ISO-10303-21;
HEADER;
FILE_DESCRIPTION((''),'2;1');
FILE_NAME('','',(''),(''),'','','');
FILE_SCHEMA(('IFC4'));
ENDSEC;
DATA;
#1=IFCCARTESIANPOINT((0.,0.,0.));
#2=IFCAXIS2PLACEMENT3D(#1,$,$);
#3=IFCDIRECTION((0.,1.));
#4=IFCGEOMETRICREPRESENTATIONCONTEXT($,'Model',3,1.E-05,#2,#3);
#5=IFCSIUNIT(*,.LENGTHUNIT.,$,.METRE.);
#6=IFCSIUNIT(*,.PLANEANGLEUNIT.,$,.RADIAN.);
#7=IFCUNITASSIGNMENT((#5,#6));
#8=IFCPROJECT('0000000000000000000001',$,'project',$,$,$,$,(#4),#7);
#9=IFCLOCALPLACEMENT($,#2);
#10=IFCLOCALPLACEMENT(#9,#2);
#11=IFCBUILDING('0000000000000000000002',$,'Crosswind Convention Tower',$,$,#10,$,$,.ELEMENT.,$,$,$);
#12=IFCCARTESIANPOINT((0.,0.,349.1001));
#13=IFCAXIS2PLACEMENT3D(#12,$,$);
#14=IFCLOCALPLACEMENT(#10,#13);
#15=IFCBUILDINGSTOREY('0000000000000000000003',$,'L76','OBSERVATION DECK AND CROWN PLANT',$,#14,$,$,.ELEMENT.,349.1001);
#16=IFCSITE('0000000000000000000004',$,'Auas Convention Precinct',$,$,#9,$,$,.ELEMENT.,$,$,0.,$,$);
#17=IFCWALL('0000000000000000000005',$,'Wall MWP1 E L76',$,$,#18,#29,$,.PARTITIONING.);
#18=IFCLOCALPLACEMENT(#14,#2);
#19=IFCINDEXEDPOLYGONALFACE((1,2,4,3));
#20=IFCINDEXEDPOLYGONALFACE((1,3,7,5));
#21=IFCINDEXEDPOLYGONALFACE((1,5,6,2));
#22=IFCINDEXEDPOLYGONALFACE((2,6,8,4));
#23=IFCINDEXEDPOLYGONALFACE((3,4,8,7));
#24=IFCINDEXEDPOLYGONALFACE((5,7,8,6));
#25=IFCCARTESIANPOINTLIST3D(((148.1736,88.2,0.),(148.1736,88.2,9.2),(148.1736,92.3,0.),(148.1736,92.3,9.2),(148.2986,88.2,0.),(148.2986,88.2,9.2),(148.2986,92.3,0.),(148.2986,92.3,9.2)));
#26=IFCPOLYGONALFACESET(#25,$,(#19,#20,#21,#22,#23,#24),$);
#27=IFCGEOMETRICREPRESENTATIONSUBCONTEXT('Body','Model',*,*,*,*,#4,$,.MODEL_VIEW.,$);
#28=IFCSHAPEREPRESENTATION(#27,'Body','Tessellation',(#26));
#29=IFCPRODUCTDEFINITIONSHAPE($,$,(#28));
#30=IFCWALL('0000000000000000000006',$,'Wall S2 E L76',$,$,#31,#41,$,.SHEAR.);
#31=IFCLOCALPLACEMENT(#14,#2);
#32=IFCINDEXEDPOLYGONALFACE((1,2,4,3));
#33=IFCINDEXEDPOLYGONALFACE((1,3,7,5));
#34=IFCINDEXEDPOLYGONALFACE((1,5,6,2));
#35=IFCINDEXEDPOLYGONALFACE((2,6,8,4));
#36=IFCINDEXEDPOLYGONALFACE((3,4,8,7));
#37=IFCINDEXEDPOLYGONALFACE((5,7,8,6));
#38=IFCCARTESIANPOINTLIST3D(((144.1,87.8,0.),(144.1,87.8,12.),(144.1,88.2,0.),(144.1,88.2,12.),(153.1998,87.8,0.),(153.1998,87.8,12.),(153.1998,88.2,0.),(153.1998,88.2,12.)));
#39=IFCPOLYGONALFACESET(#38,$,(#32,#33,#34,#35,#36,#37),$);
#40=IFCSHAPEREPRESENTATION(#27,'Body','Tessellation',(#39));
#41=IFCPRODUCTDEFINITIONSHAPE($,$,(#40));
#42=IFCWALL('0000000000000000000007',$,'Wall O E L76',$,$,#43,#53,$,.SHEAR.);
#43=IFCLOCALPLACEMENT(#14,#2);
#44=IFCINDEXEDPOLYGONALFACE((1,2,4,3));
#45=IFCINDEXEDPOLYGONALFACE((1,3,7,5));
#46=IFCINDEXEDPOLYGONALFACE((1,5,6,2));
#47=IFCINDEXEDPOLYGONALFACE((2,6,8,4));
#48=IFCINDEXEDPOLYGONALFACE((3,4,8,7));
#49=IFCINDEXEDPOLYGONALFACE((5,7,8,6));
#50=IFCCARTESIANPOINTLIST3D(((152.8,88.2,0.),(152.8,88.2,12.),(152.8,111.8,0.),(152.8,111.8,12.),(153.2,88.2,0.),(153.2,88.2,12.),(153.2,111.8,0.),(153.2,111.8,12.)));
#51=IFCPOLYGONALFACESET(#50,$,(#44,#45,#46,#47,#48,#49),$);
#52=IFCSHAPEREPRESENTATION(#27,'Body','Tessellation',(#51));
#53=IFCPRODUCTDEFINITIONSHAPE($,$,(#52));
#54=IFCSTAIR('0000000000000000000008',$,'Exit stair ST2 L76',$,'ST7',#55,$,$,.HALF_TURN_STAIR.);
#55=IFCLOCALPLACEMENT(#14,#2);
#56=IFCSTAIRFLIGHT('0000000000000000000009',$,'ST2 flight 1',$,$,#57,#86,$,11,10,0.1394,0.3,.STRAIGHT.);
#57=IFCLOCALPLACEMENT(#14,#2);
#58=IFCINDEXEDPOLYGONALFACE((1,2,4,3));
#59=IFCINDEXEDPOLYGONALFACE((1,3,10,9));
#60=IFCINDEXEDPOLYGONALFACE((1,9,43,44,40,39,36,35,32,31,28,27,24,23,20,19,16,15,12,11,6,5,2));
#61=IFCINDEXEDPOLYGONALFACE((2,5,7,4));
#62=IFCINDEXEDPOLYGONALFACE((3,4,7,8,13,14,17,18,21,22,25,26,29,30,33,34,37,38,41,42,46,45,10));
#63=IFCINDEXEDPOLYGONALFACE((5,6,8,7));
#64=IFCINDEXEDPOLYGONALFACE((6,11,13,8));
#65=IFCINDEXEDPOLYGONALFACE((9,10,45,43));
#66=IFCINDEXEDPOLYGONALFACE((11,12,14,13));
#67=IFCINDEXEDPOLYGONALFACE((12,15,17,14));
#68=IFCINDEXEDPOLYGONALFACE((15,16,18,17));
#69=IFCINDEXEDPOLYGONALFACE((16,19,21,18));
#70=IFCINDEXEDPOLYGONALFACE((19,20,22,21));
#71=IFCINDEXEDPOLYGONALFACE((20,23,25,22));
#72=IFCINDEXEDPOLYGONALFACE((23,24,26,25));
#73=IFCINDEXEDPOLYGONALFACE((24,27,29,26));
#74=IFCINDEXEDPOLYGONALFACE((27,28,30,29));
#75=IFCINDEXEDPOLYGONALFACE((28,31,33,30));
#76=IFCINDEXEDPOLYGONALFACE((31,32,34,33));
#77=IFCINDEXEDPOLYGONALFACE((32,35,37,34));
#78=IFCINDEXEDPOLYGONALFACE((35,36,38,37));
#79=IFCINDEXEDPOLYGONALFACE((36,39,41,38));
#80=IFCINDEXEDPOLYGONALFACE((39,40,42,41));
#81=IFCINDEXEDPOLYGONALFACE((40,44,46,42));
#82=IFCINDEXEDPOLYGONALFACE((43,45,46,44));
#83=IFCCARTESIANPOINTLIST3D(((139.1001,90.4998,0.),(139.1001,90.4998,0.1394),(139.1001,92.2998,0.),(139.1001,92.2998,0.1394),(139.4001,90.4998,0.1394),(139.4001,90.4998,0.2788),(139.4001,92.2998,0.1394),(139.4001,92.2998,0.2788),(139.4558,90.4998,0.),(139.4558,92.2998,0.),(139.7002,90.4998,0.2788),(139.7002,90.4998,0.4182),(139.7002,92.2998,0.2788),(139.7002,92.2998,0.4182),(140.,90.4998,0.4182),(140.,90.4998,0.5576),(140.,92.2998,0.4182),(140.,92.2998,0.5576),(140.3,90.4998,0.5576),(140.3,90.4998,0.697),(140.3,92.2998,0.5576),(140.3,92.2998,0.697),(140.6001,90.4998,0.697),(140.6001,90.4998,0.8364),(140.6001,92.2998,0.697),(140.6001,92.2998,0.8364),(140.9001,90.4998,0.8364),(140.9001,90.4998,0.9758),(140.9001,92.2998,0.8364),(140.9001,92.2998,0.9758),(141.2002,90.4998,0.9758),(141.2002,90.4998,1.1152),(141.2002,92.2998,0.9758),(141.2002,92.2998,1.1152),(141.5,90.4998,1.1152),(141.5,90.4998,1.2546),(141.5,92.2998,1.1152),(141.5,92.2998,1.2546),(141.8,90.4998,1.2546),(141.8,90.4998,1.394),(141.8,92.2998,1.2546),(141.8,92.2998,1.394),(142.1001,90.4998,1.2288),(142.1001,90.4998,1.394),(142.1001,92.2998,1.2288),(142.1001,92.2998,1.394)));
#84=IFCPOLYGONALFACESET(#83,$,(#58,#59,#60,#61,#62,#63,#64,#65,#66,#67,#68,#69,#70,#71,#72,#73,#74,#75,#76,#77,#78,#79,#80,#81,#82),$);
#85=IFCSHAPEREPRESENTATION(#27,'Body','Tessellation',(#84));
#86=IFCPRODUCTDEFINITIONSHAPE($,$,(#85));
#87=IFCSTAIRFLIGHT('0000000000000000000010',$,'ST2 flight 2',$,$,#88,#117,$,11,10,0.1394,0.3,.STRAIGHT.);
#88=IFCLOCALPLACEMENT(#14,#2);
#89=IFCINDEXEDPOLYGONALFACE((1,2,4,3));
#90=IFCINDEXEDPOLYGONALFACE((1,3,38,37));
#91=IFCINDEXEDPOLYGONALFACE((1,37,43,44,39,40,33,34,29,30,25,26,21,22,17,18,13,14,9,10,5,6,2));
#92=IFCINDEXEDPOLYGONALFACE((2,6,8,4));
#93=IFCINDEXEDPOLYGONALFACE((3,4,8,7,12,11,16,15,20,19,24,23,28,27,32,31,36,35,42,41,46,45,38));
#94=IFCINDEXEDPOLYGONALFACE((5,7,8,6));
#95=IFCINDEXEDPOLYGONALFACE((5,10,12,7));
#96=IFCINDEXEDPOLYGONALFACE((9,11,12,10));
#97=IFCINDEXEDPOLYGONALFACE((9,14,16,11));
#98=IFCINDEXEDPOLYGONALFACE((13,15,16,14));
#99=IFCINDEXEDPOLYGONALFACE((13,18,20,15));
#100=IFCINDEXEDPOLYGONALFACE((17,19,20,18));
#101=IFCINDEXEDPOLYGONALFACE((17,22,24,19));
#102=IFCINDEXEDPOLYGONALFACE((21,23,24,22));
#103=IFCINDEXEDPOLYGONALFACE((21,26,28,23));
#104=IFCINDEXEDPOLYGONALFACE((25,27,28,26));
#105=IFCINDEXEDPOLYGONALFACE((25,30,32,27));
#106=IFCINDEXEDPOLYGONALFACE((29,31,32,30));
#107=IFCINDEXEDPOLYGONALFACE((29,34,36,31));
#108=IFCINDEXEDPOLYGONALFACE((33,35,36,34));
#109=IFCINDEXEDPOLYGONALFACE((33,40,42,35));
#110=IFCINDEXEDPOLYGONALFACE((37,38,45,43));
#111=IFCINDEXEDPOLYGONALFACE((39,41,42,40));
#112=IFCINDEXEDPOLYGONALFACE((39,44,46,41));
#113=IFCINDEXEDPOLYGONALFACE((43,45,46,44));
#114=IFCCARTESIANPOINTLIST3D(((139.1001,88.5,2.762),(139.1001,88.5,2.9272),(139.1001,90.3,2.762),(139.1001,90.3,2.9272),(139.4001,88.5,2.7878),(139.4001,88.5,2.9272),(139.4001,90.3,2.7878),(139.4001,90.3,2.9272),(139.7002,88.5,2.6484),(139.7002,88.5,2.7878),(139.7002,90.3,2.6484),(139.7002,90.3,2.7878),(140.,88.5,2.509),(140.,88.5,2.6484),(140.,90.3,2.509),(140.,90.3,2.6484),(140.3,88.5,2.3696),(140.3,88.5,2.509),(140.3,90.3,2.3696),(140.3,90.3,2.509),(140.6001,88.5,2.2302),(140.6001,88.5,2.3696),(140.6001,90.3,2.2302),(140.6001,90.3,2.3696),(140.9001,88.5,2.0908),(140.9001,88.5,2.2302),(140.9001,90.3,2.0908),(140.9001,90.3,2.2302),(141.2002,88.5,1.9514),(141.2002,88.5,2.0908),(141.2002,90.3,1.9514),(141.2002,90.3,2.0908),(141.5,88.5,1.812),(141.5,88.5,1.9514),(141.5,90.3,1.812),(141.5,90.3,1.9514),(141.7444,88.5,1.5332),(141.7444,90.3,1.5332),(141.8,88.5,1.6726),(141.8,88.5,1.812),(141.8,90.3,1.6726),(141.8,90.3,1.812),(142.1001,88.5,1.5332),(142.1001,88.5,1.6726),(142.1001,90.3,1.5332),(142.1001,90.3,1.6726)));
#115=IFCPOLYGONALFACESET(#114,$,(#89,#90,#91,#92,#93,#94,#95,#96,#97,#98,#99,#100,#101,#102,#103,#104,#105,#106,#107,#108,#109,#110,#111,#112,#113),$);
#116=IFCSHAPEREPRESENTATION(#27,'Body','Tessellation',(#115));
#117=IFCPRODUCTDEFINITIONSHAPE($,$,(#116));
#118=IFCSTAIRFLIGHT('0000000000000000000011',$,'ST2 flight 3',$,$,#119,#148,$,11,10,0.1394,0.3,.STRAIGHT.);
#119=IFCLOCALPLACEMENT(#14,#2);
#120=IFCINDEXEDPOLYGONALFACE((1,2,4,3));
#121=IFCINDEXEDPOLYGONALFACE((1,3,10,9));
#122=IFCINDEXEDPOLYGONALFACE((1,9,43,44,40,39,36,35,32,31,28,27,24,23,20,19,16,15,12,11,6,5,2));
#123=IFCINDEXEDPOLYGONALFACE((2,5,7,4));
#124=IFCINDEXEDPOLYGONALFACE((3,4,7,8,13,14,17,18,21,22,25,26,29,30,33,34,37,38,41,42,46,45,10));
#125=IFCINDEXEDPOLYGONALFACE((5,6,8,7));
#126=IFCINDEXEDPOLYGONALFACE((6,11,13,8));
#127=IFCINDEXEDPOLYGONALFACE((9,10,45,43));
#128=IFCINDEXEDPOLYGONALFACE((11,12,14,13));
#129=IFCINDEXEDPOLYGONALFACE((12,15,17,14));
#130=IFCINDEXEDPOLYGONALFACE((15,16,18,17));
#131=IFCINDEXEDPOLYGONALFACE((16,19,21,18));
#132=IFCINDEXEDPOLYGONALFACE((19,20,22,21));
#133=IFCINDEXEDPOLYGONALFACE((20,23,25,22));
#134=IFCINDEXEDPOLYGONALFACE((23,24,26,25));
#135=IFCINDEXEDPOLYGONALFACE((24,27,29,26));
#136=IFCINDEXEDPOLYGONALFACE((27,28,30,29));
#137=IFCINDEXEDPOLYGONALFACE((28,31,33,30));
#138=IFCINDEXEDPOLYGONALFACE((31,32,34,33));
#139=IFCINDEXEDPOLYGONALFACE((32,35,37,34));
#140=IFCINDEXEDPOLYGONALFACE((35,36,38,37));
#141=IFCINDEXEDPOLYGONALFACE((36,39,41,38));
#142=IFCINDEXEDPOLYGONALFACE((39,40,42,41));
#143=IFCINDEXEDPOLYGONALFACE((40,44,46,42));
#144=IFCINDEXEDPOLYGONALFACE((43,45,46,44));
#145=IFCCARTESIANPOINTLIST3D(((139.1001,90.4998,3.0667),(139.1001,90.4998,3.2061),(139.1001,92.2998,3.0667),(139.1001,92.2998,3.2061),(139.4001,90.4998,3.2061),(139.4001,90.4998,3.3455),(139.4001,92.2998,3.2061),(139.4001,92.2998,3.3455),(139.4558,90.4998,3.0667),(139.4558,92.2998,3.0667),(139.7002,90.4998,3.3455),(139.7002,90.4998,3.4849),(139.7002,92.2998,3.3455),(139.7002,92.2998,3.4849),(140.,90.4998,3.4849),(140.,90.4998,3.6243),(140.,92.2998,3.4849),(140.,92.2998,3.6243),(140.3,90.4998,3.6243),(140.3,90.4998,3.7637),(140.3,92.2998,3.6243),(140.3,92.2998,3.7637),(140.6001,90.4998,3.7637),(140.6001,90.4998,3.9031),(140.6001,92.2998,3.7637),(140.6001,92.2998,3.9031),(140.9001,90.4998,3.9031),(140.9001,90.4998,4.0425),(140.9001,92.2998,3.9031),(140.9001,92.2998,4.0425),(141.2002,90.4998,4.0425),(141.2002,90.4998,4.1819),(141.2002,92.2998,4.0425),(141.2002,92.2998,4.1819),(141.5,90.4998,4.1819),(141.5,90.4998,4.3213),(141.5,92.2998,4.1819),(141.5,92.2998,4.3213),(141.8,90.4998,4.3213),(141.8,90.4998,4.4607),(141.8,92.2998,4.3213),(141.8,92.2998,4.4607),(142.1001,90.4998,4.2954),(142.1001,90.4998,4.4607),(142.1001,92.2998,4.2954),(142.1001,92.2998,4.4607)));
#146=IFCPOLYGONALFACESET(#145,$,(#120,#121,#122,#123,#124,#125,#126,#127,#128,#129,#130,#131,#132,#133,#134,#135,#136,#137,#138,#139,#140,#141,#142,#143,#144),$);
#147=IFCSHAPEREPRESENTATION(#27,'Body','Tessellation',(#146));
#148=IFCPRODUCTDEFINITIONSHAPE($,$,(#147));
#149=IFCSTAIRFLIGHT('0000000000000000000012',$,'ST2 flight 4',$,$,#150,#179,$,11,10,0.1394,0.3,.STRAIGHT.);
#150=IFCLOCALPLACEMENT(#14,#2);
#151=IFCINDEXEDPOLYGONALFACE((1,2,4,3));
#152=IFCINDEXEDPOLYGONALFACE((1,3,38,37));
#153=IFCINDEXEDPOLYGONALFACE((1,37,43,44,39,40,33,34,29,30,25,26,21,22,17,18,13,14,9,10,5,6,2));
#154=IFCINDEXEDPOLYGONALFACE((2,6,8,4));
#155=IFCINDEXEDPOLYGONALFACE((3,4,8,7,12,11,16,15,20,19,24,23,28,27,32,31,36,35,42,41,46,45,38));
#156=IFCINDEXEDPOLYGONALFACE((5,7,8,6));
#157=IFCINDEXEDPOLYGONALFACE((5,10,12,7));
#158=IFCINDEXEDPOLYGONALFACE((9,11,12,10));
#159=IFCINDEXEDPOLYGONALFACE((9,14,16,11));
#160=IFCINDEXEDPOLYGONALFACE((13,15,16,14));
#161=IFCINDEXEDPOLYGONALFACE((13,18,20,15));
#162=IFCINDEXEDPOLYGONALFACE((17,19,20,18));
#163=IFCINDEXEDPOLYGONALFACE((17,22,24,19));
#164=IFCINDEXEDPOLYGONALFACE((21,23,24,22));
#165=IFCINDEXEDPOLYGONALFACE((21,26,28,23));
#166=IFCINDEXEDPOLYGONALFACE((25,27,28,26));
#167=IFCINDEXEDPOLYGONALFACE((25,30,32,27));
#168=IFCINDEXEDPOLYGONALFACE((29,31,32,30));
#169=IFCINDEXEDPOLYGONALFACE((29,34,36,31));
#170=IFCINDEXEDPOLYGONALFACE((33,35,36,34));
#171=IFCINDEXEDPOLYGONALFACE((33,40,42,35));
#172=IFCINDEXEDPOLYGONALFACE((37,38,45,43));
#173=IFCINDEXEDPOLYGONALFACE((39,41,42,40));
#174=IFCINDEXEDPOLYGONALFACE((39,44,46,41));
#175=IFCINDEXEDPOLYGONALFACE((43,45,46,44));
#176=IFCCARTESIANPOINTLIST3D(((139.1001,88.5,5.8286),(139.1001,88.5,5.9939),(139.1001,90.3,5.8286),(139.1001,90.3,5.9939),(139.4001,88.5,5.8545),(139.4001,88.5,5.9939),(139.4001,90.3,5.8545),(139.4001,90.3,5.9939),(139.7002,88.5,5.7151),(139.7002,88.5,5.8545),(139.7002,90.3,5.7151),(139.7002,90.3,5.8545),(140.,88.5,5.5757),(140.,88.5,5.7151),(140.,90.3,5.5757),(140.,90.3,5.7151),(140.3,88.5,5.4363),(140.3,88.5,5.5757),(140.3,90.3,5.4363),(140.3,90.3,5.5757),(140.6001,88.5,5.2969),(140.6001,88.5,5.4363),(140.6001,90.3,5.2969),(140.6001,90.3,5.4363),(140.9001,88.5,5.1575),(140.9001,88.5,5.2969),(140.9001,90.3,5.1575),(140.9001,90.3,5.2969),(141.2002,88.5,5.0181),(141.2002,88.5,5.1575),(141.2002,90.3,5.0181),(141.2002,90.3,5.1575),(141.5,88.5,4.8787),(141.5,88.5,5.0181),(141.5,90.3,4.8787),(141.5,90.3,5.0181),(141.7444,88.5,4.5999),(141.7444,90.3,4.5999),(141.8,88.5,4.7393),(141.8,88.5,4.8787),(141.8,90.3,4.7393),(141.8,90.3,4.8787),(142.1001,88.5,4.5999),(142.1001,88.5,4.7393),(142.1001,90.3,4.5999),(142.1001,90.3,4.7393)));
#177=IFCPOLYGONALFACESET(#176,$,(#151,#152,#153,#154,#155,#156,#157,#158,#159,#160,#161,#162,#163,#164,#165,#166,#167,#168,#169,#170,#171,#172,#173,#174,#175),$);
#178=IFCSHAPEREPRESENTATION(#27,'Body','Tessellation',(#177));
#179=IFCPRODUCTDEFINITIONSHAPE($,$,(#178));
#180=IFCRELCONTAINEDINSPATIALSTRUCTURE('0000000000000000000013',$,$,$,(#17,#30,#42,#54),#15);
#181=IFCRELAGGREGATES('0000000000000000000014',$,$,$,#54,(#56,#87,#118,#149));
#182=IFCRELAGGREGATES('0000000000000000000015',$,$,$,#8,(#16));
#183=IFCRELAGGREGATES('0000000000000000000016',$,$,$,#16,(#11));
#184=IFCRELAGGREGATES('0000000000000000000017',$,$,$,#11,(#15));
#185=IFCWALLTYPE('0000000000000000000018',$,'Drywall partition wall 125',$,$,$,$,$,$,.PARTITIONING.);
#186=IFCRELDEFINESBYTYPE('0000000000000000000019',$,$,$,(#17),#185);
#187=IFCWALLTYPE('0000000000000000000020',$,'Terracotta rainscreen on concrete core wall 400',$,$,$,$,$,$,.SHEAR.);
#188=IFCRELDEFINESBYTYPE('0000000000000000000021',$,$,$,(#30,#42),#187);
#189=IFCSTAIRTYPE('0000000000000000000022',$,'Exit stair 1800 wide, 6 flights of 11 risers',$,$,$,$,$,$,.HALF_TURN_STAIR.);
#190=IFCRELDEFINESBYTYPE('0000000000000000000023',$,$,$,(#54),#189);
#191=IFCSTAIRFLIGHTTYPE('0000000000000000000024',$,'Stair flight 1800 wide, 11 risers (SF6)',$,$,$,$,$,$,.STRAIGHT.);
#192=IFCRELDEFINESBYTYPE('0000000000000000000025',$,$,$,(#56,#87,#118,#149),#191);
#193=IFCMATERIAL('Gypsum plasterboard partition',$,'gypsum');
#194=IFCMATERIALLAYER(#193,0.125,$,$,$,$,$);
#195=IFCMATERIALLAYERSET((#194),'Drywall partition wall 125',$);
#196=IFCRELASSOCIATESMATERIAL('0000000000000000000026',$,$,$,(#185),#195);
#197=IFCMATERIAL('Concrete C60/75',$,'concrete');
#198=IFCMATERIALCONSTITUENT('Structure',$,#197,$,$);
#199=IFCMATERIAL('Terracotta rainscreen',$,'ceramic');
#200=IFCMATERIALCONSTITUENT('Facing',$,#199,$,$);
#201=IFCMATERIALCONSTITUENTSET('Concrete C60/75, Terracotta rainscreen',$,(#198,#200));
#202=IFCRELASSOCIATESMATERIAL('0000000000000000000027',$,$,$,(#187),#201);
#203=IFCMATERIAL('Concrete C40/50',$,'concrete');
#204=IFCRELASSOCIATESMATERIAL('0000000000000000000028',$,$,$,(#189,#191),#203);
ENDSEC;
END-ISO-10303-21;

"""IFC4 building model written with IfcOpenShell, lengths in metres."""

from ifc_helpers import new_model, si_unit, direction, frame, frame_2d, origin, place, context, subcontext, project, spatial, polyline, rectangle, outline, extrude, material, layer, layer_set, constituent, constituent_set, type_object, element, aggregate, save


model = new_model("IFC4")

# Units and contexts
model_context = context("Model", 3, precision=1e-05, world=origin(), true_north=direction((0.0, 1.0)))
body_context = subcontext(model_context, "Body", "Model", "MODEL_VIEW")
ifc_project = project(units=[si_unit("LENGTHUNIT", "METRE"), si_unit("PLANEANGLEUNIT", "RADIAN")], contexts=[model_context])

# Site, building, storey
site_placement = place(None, origin())
site = spatial("IfcSite", under=ifc_project, at=site_placement, Name="Auas Convention Precinct", CompositionType="ELEMENT", RefElevation=0.0)
building_placement = place(site_placement, origin())
building = spatial("IfcBuilding", under=site, at=building_placement, Name="Crosswind Convention Tower", CompositionType="ELEMENT")
storey_placement = place(building_placement, frame((0.0, 0.0, 349.1001)))
storey = spatial("IfcBuildingStorey", under=building, at=storey_placement, Name="L76", Description="OBSERVATION DECK AND CROWN PLANT", CompositionType="ELEMENT", Elevation=349.1001)

# Walls
ifc_material_1 = material(Name="Gypsum plasterboard partition", Category="gypsum")
ifc_layer_1 = layer(ifc_material_1, 0.125)
ifc_layer_set_1 = layer_set([ifc_layer_1], Name="Drywall partition wall 125")
wall_type_1 = type_object("IfcWallType", Name="Drywall partition wall 125", PredefinedType="PARTITIONING", material=ifc_layer_set_1)
wall_1_placement = place(storey_placement, frame((148.2361, 88.2, 0.0), z_axis=(0.0, 0.0, 1.0), x_axis=(0.0, 1.0, 0.0)))
element("IfcWall", 1, at=wall_1_placement, inside=storey, type_object=wall_type_1, Name="Wall MWP1 E L76", PredefinedType="PARTITIONING", context=body_context, shape_type="SweptSolid", body=[
    extrude(rectangle(XDim=4.1001, YDim=0.125, at=frame_2d((2.05, 0.0))), origin(), (0.0, 0.0, 1.0), 9.2),
])
ifc_material_2 = material(Name="Concrete C60/75", Category="concrete")
ifc_constituent_1 = constituent(ifc_material_2, Name="Structure")
ifc_material_3 = material(Name="Terracotta rainscreen", Category="ceramic")
ifc_constituent_2 = constituent(ifc_material_3, Name="Facing")
ifc_constituent_set = constituent_set(constituents=[ifc_constituent_1, ifc_constituent_2], Name="Concrete C60/75, Terracotta rainscreen")
wall_type_2 = type_object("IfcWallType", Name="Terracotta rainscreen on concrete core wall 400", PredefinedType="SHEAR", material=ifc_constituent_set)
wall_2_placement = place(storey_placement, frame((144.1001, 88.0, 0.0), z_axis=(0.0, 0.0, 1.0), x_axis=(1.0, 0.0, 0.0)))
element("IfcWall", 2, at=wall_2_placement, inside=storey, type_object=wall_type_2, Name="Wall S2 E L76", PredefinedType="SHEAR", context=body_context, shape_type="SweptSolid", body=[
    extrude(rectangle(XDim=9.0999, YDim=0.3999, at=frame_2d((4.5498, 0.0))), origin(), (0.0, 0.0, 1.0), 12.0),
])
wall_3_placement = place(storey_placement, frame((153.0, 88.2, 0.0), z_axis=(0.0, 0.0, 1.0), x_axis=(0.0, 1.0, 0.0)))
element("IfcWall", 3, at=wall_3_placement, inside=storey, type_object=wall_type_2, Name="Wall O E L76", PredefinedType="SHEAR", context=body_context, shape_type="SweptSolid", body=[
    extrude(rectangle(XDim=23.6001, YDim=0.3999, at=frame_2d((11.8, 0.0))), origin(), (0.0, 0.0, 1.0), 12.0),
])

# Stair, stair flights
ifc_material_4 = material(Name="Concrete C40/50", Category="concrete")
stair_type = type_object("IfcStairType", Name="Exit stair 1800 wide, 6 flights of 11 risers", PredefinedType="HALF_TURN_STAIR", material=ifc_material_4)
stair_placement = place(storey_placement, origin())
stair = element("IfcStair", 4, at=stair_placement, inside=storey, type_object=stair_type, Name="Exit stair ST2 L76", ObjectType="ST7", PredefinedType="HALF_TURN_STAIR")
stair_flight_type = type_object("IfcStairFlightType", Name="Stair flight 1800 wide, 11 risers (SF6)", PredefinedType="STRAIGHT", material=ifc_material_4)
stair_flight_1_placement = place(storey_placement, frame((139.1001, 91.3999, 0.0), z_axis=(0.0, 0.0, 1.0), x_axis=(1.0, 0.0, 0.0)))
stair_flight_1 = element("IfcStairFlight", 5, at=stair_flight_1_placement, type_object=stair_flight_type, Name="ST2 flight 1", NumberOfRisers=11, NumberOfTreads=10, PredefinedType="STRAIGHT", RiserHeight=0.1394, TreadLength=0.3, context=body_context, shape_type="SweptSolid", body=[
    extrude(outline(polyline([(0.0, 0.0), (0.0, 0.1394), (0.3, 0.1394), (0.3, 0.2788), (0.6001, 0.2788), (0.6001, 0.4182), (0.8999, 0.4182), (0.8999, 0.5576), (1.2, 0.5576), (1.2, 0.697), (1.5, 0.697), (1.5, 0.8364), (1.8, 0.8364), (1.8, 0.9758), (2.1001, 0.9758), (2.1001, 1.1152), (2.3999, 1.1152), (2.3999, 1.2546), (2.7, 1.2546), (2.7, 1.394), (3.0, 1.394), (3.0, 1.5334), (3.0, 1.2288), (0.3557, 0.0), (0.0, 0.0)])), frame((0.0, 0.8999, 0.0), z_axis=(0.0, -1.0, 0.0), x_axis=(1.0, 0.0, 0.0)), (0.0, 0.0, 1.0), 1.8),
])
stair_flight_2_placement = place(storey_placement, frame((142.1001, 89.3999, 1.5332), z_axis=(0.0, 0.0, 1.0), x_axis=(-1.0, 0.0, 0.0)))
stair_flight_2 = element("IfcStairFlight", 6, at=stair_flight_2_placement, type_object=stair_flight_type, Name="ST2 flight 2", NumberOfRisers=11, NumberOfTreads=10, PredefinedType="STRAIGHT", RiserHeight=0.1394, TreadLength=0.3, context=body_context, shape_type="SweptSolid", body=[
    extrude(outline(polyline([(0.0, 0.0), (0.0, 0.1394), (0.3, 0.1394), (0.3, 0.2788), (0.6001, 0.2788), (0.6001, 0.4182), (0.8999, 0.4182), (0.8999, 0.5576), (1.2, 0.5576), (1.2, 0.697), (1.5, 0.697), (1.5, 0.8364), (1.8, 0.8364), (1.8, 0.9758), (2.1001, 0.9758), (2.1001, 1.1152), (2.3999, 1.1152), (2.3999, 1.2546), (2.7, 1.2546), (2.7, 1.394), (3.0, 1.394), (3.0, 1.5334), (3.0, 1.2288), (0.3557, 0.0), (0.0, 0.0)])), frame((0.0, 0.8999, 0.0), z_axis=(0.0, -1.0, 0.0), x_axis=(1.0, 0.0, 0.0)), (0.0, 0.0, 1.0), 1.8),
])
stair_flight_3_placement = place(storey_placement, frame((139.1001, 91.3999, 3.0667), z_axis=(0.0, 0.0, 1.0), x_axis=(1.0, 0.0, 0.0)))
stair_flight_3 = element("IfcStairFlight", 7, at=stair_flight_3_placement, type_object=stair_flight_type, Name="ST2 flight 3", NumberOfRisers=11, NumberOfTreads=10, PredefinedType="STRAIGHT", RiserHeight=0.1394, TreadLength=0.3, context=body_context, shape_type="SweptSolid", body=[
    extrude(outline(polyline([(0.0, 0.0), (0.0, 0.1394), (0.3, 0.1394), (0.3, 0.2788), (0.6001, 0.2788), (0.6001, 0.4182), (0.8999, 0.4182), (0.8999, 0.5576), (1.2, 0.5576), (1.2, 0.697), (1.5, 0.697), (1.5, 0.8364), (1.8, 0.8364), (1.8, 0.9758), (2.1001, 0.9758), (2.1001, 1.1152), (2.3999, 1.1152), (2.3999, 1.2546), (2.7, 1.2546), (2.7, 1.394), (3.0, 1.394), (3.0, 1.5334), (3.0, 1.2288), (0.3557, 0.0), (0.0, 0.0)])), frame((0.0, 0.8999, 0.0), z_axis=(0.0, -1.0, 0.0), x_axis=(1.0, 0.0, 0.0)), (0.0, 0.0, 1.0), 1.8),
])
stair_flight_4_placement = place(storey_placement, frame((142.1001, 89.3999, 4.5999), z_axis=(0.0, 0.0, 1.0), x_axis=(-1.0, 0.0, 0.0)))
stair_flight_4 = element("IfcStairFlight", 8, at=stair_flight_4_placement, type_object=stair_flight_type, Name="ST2 flight 4", NumberOfRisers=11, NumberOfTreads=10, PredefinedType="STRAIGHT", RiserHeight=0.1394, TreadLength=0.3, context=body_context, shape_type="SweptSolid", body=[
    extrude(outline(polyline([(0.0, 0.0), (0.0, 0.1394), (0.3, 0.1394), (0.3, 0.2788), (0.6001, 0.2788), (0.6001, 0.4182), (0.8999, 0.4182), (0.8999, 0.5576), (1.2, 0.5576), (1.2, 0.697), (1.5, 0.697), (1.5, 0.8364), (1.8, 0.8364), (1.8, 0.9758), (2.1001, 0.9758), (2.1001, 1.1152), (2.3999, 1.1152), (2.3999, 1.2546), (2.7, 1.2546), (2.7, 1.394), (3.0, 1.394), (3.0, 1.5334), (3.0, 1.2288), (0.3557, 0.0), (0.0, 0.0)])), frame((0.0, 0.8999, 0.0), z_axis=(0.0, -1.0, 0.0), x_axis=(1.0, 0.0, 0.0)), (0.0, 0.0, 1.0), 1.8),
])
aggregate(stair, [stair_flight_1, stair_flight_2, stair_flight_3, stair_flight_4])

save(model, "model.ifc")
